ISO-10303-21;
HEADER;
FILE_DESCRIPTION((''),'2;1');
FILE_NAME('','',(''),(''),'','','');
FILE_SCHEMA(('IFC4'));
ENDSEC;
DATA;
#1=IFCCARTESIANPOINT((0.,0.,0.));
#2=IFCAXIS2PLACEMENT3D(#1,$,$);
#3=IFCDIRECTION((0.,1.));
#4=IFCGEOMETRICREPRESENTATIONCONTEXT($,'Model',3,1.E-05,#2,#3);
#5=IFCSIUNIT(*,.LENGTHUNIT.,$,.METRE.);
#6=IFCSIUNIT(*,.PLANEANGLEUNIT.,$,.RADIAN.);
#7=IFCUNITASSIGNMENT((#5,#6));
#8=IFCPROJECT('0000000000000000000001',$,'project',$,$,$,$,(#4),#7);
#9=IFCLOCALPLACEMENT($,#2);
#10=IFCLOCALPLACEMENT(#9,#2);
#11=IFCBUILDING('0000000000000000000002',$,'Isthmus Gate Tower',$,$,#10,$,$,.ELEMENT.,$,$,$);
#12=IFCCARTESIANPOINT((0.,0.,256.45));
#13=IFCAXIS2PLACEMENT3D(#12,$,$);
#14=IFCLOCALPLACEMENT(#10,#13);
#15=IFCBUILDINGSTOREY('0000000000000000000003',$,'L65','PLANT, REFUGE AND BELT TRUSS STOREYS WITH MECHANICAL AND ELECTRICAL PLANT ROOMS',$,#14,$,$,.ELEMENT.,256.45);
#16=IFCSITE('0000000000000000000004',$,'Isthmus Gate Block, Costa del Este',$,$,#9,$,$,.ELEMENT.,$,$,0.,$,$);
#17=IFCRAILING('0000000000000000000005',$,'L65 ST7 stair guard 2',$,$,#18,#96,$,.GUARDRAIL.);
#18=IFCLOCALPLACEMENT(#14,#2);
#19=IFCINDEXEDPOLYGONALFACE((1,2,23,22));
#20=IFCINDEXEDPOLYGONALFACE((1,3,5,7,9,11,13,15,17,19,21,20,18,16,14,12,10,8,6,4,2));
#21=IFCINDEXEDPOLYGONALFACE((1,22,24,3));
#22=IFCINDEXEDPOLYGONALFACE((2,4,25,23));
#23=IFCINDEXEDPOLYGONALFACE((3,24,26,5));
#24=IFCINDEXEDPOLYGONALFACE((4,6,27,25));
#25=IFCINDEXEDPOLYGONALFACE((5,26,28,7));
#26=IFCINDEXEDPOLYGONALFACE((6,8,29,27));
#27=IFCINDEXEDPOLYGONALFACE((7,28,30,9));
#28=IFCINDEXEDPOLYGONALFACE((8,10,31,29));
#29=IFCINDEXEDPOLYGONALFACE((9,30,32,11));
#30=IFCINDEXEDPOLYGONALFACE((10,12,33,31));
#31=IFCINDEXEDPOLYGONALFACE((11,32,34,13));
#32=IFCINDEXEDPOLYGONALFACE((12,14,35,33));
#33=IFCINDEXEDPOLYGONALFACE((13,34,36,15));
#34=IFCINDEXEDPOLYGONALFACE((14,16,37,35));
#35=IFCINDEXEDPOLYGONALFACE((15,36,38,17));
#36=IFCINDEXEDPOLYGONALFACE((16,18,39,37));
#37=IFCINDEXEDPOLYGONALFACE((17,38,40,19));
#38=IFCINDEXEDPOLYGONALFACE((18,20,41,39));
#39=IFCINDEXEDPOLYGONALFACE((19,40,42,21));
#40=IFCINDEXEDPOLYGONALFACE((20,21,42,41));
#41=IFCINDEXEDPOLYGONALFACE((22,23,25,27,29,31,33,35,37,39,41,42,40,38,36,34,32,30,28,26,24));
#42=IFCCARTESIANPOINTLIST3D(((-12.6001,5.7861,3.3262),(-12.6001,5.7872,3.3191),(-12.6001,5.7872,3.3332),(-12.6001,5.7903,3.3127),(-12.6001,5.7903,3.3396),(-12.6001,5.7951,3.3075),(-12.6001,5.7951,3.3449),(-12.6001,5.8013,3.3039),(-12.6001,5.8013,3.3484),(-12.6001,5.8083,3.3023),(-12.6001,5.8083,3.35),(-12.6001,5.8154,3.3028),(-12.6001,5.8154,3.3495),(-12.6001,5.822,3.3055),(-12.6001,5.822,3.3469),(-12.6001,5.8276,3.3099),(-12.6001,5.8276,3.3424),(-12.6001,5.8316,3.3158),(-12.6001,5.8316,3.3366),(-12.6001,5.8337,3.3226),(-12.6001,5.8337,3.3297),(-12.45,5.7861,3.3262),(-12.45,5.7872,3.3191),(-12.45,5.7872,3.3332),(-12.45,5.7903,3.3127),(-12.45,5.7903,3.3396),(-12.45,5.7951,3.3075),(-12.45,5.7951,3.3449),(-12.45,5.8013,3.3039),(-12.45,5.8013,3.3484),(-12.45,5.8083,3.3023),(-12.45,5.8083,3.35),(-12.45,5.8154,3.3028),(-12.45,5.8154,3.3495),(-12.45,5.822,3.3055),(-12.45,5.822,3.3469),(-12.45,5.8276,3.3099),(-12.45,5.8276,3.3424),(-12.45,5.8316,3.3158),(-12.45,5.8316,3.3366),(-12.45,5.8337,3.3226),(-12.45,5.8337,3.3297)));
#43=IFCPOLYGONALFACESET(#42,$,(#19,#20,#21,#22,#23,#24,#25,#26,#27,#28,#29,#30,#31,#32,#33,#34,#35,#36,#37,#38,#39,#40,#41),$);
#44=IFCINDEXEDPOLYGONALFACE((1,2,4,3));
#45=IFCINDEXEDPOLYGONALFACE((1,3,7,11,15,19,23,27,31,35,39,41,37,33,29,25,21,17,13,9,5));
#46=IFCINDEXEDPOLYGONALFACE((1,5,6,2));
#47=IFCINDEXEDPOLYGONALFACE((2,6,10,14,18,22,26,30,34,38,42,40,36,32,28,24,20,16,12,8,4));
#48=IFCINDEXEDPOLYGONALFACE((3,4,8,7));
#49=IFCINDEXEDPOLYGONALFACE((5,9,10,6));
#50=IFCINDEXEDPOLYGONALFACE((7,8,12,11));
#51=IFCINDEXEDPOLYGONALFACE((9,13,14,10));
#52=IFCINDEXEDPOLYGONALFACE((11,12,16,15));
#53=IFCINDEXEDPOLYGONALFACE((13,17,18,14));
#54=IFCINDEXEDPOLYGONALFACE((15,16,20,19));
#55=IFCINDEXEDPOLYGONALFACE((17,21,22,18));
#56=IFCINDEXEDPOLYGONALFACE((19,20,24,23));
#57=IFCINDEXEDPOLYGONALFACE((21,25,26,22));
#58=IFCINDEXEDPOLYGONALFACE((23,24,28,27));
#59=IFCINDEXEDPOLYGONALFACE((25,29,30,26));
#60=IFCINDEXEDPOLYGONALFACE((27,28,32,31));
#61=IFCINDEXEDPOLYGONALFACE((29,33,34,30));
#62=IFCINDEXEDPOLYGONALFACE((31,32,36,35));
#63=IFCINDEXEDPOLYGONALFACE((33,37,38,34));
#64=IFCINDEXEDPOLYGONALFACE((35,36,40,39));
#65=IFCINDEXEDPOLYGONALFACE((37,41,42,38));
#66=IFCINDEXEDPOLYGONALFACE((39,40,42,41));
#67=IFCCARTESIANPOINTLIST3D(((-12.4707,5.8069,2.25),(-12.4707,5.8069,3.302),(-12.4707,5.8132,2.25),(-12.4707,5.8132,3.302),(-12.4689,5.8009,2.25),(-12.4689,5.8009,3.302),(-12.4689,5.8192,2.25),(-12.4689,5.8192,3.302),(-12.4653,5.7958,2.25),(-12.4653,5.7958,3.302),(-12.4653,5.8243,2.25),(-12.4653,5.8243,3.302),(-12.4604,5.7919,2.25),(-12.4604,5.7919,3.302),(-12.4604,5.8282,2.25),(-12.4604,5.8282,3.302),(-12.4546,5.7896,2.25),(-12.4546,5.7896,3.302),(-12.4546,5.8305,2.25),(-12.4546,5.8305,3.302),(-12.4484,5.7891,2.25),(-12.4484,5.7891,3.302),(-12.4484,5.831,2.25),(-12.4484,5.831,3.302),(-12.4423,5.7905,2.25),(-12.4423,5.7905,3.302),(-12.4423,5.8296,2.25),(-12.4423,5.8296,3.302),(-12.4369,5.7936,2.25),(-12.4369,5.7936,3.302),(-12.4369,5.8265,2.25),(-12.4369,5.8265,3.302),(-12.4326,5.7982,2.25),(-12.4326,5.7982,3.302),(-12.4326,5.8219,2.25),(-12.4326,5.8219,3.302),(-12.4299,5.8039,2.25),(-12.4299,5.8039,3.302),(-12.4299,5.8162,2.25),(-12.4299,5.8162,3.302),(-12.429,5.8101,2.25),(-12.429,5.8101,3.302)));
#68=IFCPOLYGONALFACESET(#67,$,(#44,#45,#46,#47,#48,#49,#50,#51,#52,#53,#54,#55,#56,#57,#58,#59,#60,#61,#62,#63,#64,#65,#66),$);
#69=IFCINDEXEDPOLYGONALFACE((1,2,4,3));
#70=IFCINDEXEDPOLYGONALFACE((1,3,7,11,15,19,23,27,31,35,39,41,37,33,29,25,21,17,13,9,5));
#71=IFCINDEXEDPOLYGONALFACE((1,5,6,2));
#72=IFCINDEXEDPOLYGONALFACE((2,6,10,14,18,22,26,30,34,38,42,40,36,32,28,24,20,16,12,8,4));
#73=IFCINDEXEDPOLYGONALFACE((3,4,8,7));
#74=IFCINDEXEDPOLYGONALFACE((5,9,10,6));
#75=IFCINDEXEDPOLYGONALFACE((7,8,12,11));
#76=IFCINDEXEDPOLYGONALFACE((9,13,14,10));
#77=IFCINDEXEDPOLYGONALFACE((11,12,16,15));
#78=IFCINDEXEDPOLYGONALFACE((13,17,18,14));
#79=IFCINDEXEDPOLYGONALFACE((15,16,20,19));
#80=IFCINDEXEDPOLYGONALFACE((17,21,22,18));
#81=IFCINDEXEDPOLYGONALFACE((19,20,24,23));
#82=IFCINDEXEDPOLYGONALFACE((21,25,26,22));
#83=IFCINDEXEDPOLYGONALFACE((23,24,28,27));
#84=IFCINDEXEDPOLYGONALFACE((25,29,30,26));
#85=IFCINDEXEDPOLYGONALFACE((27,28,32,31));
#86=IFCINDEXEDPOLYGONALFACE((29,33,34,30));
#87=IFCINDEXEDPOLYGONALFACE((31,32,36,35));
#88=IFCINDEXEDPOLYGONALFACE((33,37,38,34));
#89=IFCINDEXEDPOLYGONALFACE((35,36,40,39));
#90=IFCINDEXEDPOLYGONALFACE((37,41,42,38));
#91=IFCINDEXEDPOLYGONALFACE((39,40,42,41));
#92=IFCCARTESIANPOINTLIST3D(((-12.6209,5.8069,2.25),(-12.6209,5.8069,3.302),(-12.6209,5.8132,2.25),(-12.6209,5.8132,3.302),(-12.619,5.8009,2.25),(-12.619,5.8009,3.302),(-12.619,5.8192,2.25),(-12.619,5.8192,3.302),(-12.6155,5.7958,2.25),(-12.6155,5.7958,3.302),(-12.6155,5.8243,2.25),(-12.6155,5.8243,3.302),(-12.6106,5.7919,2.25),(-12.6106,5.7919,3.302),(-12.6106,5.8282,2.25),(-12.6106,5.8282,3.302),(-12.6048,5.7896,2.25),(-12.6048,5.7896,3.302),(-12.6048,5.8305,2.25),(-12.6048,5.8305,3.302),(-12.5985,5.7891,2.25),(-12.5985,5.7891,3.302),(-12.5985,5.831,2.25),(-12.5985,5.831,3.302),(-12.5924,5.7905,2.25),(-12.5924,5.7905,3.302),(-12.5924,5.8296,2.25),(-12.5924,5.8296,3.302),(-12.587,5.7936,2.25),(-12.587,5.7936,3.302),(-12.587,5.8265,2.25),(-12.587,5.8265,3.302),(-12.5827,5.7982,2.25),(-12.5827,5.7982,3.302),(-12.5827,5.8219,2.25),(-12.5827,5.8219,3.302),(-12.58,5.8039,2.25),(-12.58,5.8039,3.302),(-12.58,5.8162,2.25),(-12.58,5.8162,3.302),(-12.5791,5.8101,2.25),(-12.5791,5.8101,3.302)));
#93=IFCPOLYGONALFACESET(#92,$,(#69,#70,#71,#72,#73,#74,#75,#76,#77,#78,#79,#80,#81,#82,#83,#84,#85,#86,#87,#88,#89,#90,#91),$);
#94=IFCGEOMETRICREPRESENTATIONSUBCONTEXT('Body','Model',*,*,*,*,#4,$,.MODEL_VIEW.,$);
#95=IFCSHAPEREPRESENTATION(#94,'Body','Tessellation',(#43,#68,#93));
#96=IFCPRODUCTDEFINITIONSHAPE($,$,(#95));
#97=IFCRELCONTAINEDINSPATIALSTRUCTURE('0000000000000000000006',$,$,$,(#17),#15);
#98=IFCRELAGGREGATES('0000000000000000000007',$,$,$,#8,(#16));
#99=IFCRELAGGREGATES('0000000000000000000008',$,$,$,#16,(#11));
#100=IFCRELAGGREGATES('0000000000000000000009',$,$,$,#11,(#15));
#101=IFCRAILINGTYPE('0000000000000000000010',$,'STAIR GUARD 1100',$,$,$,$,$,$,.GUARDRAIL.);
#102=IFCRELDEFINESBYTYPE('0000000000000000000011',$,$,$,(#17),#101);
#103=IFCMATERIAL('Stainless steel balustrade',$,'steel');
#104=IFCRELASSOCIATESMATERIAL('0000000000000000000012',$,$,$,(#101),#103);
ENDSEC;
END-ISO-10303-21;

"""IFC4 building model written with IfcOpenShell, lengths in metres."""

from ifc_helpers import new_model, si_unit, direction, frame, origin, origin_2d, place, context, subcontext, project, spatial, circle, extrude, material, type_object, element, save


model = new_model("IFC4")

# Units and contexts
model_context = context("Model", 3, precision=1e-05, world=origin(), true_north=direction((0.0, 1.0)))
body_context = subcontext(model_context, "Body", "Model", "MODEL_VIEW")
ifc_project = project(units=[si_unit("LENGTHUNIT", "METRE"), si_unit("PLANEANGLEUNIT", "RADIAN")], contexts=[model_context])

# Site, building, storey
site_placement = place(None, origin())
site = spatial("IfcSite", under=ifc_project, at=site_placement, Name="Isthmus Gate Block, Costa del Este", CompositionType="ELEMENT", RefElevation=0.0)
building_placement = place(site_placement, origin())
building = spatial("IfcBuilding", under=site, at=building_placement, Name="Isthmus Gate Tower", CompositionType="ELEMENT")
storey_placement = place(building_placement, frame((0.0, 0.0, 256.45)))
storey = spatial("IfcBuildingStorey", under=building, at=storey_placement, Name="L65", Description="PLANT, REFUGE AND BELT TRUSS STOREYS WITH MECHANICAL AND ELECTRICAL PLANT ROOMS", CompositionType="ELEMENT", Elevation=256.45)

# Railing
ifc_material_1 = material(Name="Stainless steel balustrade", Category="steel")
railing_type_1 = type_object("IfcRailingType", Name="STAIR GUARD 1100", PredefinedType="GUARDRAIL", material=ifc_material_1)
railing_1_placement = place(storey_placement, frame((-12.45, 5.8101, 2.25)))
element("IfcRailing", 1, at=railing_1_placement, inside=storey, type_object=railing_type_1, Name="L65 ST7 stair guard 2", PredefinedType="GUARDRAIL", context=body_context, shape_type="SweptSolid", body=[
    extrude(circle(Radius=0.0239, at=origin_2d()), frame((0.0, 0.0, 1.0762), z_axis=(-1.0, 0.0, 0.0), x_axis=(0.0, -1.0, 0.0)), (0.0, 0.0, 1.0), 0.1501),
    extrude(circle(Radius=0.021, at=origin_2d()), origin(), (0.0, 0.0, 1.0), 1.052),
    extrude(circle(Radius=0.021, at=origin_2d()), frame((-0.1501, 0.0, 0.0)), (0.0, 0.0, 1.0), 1.052),
])

save(model, "model.ifc")
